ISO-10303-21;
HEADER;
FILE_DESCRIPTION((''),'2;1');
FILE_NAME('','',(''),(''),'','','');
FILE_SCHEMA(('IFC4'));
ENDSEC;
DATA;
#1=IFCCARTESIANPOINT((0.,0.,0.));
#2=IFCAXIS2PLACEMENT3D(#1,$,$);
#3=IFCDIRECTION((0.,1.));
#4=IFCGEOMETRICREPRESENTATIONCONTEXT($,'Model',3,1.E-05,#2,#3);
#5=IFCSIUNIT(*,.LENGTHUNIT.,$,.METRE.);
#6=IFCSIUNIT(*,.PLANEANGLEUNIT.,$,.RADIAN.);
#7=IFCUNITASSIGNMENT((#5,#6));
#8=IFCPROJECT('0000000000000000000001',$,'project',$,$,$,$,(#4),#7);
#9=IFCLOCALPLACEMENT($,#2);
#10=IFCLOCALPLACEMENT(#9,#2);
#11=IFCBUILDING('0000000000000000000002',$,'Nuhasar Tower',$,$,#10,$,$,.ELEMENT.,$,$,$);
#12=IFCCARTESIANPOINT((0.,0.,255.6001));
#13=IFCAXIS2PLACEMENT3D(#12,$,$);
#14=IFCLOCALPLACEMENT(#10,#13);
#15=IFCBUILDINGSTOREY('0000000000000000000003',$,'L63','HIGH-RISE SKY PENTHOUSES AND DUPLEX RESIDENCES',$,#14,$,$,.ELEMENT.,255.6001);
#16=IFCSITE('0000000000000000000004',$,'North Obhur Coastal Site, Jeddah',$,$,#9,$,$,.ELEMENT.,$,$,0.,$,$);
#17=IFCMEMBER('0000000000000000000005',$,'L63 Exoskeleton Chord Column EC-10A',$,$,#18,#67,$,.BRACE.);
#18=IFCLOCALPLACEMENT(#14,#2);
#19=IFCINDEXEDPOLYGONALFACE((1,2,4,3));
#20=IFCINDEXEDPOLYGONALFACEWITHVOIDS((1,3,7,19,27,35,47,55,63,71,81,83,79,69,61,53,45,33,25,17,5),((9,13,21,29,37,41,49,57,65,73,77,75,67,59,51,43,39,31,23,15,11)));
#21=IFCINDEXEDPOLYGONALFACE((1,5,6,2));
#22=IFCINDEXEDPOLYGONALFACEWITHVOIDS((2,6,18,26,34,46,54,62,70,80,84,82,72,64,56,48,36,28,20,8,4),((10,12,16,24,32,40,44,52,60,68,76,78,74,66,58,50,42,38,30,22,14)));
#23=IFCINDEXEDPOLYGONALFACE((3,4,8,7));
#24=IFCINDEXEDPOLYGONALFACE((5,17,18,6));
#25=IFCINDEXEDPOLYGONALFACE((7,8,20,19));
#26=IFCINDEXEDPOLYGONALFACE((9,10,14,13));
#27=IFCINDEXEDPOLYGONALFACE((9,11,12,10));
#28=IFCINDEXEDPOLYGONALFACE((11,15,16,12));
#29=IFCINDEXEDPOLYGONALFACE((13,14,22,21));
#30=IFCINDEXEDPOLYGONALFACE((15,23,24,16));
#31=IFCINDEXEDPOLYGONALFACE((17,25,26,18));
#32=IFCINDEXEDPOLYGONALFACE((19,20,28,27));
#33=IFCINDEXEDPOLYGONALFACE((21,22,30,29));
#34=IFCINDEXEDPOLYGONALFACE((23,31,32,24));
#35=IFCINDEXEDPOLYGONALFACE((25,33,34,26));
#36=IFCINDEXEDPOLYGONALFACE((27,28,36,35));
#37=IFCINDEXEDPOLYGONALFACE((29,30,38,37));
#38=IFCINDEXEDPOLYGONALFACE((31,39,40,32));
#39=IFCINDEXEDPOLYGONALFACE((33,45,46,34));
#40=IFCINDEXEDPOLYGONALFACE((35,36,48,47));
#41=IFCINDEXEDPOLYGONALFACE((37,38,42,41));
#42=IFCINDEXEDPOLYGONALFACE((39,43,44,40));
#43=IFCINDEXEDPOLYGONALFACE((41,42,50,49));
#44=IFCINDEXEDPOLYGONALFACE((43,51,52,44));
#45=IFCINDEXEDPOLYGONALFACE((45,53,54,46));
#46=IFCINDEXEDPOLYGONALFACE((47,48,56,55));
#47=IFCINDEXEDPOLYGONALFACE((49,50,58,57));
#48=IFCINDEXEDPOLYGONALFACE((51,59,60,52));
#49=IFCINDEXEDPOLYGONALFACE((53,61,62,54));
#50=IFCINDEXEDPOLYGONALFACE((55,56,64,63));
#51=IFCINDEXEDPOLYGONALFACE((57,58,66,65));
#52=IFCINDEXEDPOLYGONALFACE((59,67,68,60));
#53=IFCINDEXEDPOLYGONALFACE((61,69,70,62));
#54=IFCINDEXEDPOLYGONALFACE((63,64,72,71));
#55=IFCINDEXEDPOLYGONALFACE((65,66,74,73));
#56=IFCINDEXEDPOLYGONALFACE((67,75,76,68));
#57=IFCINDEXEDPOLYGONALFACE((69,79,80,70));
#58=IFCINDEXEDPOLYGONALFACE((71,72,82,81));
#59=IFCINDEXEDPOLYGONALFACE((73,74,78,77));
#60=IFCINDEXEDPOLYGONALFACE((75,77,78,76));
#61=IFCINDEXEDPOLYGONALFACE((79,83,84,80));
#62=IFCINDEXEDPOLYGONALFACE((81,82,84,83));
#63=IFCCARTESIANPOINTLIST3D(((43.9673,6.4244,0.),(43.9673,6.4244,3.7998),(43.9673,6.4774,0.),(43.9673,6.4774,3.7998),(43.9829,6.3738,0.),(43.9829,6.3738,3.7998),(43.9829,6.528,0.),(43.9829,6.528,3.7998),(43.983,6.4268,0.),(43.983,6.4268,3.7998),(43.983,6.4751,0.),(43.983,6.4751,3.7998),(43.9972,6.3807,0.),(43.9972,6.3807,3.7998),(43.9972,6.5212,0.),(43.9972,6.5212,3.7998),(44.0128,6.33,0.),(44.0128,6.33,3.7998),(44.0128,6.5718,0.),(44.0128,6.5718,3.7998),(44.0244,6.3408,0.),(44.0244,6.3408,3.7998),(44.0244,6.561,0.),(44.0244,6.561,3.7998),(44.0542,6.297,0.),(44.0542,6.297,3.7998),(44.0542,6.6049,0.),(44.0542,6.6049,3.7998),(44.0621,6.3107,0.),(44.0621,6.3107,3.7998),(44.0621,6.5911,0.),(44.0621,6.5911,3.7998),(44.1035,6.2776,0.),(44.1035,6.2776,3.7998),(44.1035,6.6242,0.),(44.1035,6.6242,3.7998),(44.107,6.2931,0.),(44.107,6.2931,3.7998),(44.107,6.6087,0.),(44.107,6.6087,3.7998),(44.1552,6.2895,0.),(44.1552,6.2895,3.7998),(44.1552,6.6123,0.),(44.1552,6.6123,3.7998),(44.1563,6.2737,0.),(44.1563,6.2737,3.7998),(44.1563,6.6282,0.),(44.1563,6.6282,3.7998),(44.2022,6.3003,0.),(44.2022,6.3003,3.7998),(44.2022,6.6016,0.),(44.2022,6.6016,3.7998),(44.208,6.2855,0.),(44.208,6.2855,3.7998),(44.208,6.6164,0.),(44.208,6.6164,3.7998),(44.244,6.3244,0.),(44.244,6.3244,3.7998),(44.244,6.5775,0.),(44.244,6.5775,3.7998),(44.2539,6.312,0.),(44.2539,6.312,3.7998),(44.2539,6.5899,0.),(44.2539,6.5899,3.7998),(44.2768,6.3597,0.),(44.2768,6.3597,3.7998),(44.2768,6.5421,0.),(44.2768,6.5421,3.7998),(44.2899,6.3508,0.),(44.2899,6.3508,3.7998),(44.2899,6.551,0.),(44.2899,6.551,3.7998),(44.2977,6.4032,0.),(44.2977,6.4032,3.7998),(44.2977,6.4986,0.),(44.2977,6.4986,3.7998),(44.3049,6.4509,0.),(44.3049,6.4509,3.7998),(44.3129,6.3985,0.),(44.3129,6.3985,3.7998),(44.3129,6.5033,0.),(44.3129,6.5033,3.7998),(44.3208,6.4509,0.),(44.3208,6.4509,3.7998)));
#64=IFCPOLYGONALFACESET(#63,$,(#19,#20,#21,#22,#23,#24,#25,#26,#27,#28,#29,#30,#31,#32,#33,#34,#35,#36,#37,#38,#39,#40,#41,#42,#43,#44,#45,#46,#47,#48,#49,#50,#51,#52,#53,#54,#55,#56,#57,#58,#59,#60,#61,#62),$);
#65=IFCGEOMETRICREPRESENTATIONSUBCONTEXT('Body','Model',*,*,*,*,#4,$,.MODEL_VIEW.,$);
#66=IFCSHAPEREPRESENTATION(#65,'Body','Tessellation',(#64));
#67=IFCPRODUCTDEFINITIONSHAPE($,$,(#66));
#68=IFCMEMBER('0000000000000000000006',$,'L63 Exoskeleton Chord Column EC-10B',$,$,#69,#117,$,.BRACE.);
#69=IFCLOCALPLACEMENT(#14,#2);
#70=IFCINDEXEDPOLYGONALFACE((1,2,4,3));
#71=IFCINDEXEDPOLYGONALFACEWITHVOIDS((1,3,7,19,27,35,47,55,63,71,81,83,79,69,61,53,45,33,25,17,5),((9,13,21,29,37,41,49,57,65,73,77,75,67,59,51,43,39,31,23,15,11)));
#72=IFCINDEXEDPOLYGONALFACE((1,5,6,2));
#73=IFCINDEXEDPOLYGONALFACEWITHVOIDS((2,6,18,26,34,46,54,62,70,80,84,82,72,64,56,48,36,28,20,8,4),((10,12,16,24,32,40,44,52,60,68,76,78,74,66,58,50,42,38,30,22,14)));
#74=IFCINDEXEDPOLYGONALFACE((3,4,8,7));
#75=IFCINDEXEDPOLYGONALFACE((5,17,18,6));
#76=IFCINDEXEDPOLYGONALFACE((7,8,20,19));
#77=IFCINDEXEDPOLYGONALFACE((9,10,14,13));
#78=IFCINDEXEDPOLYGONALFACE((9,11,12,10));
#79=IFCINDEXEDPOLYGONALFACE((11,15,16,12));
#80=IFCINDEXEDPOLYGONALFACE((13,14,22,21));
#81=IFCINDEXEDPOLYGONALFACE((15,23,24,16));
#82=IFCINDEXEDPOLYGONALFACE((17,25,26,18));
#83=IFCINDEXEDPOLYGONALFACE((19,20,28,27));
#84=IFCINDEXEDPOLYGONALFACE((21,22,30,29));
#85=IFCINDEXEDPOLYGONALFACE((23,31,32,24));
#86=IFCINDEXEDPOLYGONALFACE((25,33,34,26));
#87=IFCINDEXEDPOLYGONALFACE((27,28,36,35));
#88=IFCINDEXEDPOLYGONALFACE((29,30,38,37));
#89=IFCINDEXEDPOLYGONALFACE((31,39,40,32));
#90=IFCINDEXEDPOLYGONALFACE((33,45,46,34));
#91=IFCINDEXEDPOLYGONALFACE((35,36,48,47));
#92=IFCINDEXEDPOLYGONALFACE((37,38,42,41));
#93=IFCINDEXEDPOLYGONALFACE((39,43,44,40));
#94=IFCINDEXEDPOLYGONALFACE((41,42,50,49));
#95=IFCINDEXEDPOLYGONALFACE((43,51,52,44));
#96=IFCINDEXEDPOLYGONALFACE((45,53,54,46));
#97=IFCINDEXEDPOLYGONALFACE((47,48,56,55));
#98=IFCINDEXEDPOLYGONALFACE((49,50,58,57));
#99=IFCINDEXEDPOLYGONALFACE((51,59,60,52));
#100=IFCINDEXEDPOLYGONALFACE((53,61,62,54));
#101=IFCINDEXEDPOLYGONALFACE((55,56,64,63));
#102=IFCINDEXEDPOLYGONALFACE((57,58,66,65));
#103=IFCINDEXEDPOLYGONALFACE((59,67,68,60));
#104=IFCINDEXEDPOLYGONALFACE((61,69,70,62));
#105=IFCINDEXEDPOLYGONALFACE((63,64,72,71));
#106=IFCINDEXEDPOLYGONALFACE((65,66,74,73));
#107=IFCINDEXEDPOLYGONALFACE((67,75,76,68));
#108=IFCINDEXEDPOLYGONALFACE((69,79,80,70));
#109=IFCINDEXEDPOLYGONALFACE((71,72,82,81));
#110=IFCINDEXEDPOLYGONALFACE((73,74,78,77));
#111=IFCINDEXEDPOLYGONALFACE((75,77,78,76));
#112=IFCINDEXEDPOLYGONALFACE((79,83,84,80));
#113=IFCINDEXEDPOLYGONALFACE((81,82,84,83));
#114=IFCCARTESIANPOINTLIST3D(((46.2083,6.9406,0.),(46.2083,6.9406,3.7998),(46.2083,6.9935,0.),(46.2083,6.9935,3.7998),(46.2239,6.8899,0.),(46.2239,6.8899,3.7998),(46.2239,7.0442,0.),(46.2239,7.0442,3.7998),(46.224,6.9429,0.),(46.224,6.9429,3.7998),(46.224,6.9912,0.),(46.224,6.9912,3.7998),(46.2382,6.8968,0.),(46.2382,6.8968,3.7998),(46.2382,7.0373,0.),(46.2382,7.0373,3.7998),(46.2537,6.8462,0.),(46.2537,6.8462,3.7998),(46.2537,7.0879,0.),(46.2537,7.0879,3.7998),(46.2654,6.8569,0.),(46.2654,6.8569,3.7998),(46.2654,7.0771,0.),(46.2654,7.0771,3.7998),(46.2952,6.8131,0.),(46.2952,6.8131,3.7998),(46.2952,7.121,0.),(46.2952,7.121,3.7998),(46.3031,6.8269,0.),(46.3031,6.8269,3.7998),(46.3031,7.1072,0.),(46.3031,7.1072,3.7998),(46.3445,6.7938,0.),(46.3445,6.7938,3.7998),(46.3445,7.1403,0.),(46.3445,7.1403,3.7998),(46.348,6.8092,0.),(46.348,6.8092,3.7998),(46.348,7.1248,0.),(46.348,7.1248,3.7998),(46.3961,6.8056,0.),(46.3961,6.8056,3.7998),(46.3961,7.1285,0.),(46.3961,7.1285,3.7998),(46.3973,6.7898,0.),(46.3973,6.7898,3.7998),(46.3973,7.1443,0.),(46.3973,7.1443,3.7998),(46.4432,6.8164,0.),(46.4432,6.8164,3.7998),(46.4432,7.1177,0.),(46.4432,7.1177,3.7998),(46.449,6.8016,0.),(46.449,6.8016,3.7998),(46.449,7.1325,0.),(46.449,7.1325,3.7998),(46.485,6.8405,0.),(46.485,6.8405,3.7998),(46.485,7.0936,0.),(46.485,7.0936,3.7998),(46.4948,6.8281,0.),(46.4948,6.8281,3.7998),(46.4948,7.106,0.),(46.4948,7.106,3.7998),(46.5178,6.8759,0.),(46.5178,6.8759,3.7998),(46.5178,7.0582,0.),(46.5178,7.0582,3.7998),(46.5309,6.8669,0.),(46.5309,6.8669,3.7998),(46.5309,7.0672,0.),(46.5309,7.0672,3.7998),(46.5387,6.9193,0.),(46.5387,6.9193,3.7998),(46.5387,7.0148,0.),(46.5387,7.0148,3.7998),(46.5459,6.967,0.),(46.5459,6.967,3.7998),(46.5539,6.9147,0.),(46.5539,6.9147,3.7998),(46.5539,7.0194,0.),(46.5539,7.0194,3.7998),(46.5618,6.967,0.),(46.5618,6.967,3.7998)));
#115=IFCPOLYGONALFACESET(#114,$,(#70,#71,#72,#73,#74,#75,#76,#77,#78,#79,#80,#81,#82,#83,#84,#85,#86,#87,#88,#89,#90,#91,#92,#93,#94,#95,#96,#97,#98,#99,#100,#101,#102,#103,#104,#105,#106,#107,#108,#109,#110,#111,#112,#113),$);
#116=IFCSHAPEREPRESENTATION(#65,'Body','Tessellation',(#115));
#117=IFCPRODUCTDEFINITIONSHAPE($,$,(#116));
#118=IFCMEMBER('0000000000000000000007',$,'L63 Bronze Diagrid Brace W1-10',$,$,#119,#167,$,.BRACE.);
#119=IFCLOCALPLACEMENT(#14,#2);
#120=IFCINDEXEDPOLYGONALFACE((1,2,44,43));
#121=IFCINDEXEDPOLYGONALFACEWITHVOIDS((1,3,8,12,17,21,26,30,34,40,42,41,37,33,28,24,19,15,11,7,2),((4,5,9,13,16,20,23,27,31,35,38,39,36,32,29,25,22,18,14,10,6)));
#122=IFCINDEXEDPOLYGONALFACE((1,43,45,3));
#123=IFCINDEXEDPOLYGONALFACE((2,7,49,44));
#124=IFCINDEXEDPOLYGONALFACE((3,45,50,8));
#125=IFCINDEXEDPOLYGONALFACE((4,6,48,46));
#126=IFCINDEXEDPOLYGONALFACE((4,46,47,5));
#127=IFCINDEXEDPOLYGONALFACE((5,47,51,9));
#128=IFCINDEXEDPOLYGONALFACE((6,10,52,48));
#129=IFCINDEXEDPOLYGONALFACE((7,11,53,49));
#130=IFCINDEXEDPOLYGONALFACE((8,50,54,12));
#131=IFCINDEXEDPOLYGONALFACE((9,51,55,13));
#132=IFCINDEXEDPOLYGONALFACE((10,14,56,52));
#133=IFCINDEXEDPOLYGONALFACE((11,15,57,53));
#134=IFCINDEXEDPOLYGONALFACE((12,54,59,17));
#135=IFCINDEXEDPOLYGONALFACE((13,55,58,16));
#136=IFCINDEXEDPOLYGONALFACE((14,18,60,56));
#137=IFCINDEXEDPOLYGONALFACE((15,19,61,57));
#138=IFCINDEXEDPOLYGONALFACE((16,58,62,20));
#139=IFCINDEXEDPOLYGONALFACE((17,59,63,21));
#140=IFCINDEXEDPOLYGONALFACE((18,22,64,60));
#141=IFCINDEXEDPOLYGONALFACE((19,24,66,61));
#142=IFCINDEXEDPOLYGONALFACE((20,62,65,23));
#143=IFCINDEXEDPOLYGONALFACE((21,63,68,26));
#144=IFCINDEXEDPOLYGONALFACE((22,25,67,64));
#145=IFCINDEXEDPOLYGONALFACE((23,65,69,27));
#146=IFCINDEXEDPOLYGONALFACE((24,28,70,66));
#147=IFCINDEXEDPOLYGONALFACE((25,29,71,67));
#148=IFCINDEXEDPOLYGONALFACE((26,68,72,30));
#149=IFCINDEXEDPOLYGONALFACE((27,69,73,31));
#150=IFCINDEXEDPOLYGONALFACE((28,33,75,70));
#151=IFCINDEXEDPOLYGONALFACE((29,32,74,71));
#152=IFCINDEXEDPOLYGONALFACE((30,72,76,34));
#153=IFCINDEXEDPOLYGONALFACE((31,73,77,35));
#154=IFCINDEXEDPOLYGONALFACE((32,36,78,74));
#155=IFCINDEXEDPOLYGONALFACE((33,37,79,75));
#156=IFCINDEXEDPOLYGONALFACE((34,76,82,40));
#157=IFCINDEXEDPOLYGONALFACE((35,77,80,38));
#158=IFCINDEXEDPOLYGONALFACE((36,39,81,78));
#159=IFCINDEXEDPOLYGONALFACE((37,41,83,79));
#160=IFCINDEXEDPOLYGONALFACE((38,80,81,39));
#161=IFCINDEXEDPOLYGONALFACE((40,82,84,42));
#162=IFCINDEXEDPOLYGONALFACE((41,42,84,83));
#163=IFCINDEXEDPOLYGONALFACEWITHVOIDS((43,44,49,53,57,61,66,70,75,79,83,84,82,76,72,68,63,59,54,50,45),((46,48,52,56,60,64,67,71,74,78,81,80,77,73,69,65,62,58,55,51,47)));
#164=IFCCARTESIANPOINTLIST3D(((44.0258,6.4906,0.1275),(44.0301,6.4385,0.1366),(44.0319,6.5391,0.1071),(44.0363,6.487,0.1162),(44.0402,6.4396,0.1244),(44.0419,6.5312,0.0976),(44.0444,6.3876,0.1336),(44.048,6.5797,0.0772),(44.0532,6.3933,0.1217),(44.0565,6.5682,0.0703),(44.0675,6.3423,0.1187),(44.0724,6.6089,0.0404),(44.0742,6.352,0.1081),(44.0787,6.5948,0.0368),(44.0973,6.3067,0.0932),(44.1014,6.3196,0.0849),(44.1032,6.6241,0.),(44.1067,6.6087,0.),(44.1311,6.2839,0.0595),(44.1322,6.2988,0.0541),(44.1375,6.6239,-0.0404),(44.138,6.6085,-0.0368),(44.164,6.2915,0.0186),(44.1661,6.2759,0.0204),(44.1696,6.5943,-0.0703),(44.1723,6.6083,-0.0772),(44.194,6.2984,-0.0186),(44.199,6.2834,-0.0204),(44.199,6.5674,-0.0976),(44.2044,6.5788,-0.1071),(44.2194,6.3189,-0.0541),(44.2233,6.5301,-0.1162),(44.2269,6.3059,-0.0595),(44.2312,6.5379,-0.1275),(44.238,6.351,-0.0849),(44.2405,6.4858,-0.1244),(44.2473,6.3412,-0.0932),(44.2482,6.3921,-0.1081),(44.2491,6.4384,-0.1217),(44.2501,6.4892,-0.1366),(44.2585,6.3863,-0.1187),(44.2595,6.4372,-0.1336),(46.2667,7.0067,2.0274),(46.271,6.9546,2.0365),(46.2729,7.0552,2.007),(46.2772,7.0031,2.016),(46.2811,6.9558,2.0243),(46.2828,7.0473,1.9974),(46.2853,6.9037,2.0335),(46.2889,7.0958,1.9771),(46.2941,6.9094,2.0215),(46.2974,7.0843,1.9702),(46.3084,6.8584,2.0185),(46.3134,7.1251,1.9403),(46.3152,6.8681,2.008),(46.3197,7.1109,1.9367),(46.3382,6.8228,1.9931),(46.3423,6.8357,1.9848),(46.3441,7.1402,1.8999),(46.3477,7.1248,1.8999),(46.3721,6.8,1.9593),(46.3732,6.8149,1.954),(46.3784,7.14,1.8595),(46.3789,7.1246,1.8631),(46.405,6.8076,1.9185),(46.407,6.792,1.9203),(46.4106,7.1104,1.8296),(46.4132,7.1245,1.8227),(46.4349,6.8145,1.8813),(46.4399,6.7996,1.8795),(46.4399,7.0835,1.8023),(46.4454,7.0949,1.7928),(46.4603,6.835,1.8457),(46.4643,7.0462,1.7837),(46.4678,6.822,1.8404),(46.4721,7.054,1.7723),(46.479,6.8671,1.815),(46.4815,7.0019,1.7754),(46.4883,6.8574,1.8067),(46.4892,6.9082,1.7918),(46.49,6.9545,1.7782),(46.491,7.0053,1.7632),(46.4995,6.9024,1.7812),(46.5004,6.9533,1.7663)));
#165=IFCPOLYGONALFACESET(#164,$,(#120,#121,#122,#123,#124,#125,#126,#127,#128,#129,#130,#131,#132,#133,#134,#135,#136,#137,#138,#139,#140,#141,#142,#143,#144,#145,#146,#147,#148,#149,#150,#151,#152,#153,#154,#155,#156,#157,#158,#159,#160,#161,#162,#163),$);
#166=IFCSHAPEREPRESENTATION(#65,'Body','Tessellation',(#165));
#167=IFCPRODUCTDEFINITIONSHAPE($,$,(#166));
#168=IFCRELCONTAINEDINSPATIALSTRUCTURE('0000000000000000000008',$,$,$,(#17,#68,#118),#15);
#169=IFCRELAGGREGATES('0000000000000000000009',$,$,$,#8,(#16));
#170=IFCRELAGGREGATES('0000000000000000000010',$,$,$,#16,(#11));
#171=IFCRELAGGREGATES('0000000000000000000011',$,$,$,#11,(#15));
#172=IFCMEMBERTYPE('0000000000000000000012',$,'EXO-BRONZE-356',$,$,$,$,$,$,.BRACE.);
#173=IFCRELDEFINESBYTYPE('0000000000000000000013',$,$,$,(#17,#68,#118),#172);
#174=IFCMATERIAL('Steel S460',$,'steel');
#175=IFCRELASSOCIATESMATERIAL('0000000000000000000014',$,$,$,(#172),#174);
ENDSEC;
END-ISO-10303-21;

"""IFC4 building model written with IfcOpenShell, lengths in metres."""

from ifc_helpers import new_model, si_unit, direction, frame, origin, origin_2d, place, context, subcontext, project, spatial, hollow_circle, extrude, material, material_profile, profile_set, type_object, element, save


model = new_model("IFC4")

# Units and contexts
model_context = context("Model", 3, precision=1e-05, world=origin(), true_north=direction((0.0, 1.0)))
body_context = subcontext(model_context, "Body", "Model", "MODEL_VIEW")
ifc_project = project(units=[si_unit("LENGTHUNIT", "METRE"), si_unit("PLANEANGLEUNIT", "RADIAN")], contexts=[model_context])

# Site, building, storey
site_placement = place(None, origin())
site = spatial("IfcSite", under=ifc_project, at=site_placement, Name="North Obhur Coastal Site, Jeddah", CompositionType="ELEMENT", RefElevation=0.0)
building_placement = place(site_placement, origin())
building = spatial("IfcBuilding", under=site, at=building_placement, Name="Nuhasar Tower", CompositionType="ELEMENT")
storey_placement = place(building_placement, frame((0.0, 0.0, 255.6001)))
storey = spatial("IfcBuildingStorey", under=building, at=storey_placement, Name="L63", Description="HIGH-RISE SKY PENTHOUSES AND DUPLEX RESIDENCES", CompositionType="ELEMENT", Elevation=255.6001)

# Shared definitions
ifc_material_1 = material(Name="Steel S460", Category="steel")

# Members
ifc_material_profile_1 = material_profile(ifc_material_1, hollow_circle(Radius=0.1777, WallThickness=0.0159, at=origin_2d()), Name="HSS355.6X15.9")
ifc_profile_set_1 = profile_set([ifc_material_profile_1], Name="Steel S460")
member_type_1 = type_object("IfcMemberType", Name="EXO-BRONZE-356", PredefinedType="BRACE", material=ifc_profile_set_1)
for number, where, z_axis, x_axis, name in (
    (1, (44.1431, 6.4509, 0.0), (0.0, 0.0, 1.0), (1.0, 0.0, 0.0), "L63 Exoskeleton Chord Column EC-10A"),
    (2, (46.384, 6.967, 0.0), (0.0, 0.0, 1.0), (1.0, 0.0, 0.0), "L63 Exoskeleton Chord Column EC-10B"),
):
    element("IfcMember", number, at=place(storey_placement, frame(where, z_axis=z_axis, x_axis=x_axis)), inside=storey, type_object=member_type_1, Name=name, PredefinedType="BRACE", context=body_context, shape_type="SweptSolid", body=[
        extrude(hollow_circle(Radius=0.1777, WallThickness=0.0159, at=origin_2d()), origin(), (0.0, 0.0, 1.0), 3.7998),
    ])
for number, where, z_axis, x_axis, name in (
    (3, (44.1431, 6.4509, 0.0), (0.751261, 0.173022, 0.636923), (-0.224433, 0.97449, 0.0), "L63 Bronze Diagrid Brace W1-10"),
):
    element("IfcMember", number, at=place(storey_placement, frame(where, z_axis=z_axis, x_axis=x_axis)), inside=storey, type_object=member_type_1, Name=name, PredefinedType="BRACE", context=body_context, shape_type="SweptSolid", body=[
        extrude(hollow_circle(Radius=0.1777, WallThickness=0.0159, at=origin_2d()), origin(), (0.0, 0.0, 1.0), 2.9829),
    ])

save(model, "model.ifc")
